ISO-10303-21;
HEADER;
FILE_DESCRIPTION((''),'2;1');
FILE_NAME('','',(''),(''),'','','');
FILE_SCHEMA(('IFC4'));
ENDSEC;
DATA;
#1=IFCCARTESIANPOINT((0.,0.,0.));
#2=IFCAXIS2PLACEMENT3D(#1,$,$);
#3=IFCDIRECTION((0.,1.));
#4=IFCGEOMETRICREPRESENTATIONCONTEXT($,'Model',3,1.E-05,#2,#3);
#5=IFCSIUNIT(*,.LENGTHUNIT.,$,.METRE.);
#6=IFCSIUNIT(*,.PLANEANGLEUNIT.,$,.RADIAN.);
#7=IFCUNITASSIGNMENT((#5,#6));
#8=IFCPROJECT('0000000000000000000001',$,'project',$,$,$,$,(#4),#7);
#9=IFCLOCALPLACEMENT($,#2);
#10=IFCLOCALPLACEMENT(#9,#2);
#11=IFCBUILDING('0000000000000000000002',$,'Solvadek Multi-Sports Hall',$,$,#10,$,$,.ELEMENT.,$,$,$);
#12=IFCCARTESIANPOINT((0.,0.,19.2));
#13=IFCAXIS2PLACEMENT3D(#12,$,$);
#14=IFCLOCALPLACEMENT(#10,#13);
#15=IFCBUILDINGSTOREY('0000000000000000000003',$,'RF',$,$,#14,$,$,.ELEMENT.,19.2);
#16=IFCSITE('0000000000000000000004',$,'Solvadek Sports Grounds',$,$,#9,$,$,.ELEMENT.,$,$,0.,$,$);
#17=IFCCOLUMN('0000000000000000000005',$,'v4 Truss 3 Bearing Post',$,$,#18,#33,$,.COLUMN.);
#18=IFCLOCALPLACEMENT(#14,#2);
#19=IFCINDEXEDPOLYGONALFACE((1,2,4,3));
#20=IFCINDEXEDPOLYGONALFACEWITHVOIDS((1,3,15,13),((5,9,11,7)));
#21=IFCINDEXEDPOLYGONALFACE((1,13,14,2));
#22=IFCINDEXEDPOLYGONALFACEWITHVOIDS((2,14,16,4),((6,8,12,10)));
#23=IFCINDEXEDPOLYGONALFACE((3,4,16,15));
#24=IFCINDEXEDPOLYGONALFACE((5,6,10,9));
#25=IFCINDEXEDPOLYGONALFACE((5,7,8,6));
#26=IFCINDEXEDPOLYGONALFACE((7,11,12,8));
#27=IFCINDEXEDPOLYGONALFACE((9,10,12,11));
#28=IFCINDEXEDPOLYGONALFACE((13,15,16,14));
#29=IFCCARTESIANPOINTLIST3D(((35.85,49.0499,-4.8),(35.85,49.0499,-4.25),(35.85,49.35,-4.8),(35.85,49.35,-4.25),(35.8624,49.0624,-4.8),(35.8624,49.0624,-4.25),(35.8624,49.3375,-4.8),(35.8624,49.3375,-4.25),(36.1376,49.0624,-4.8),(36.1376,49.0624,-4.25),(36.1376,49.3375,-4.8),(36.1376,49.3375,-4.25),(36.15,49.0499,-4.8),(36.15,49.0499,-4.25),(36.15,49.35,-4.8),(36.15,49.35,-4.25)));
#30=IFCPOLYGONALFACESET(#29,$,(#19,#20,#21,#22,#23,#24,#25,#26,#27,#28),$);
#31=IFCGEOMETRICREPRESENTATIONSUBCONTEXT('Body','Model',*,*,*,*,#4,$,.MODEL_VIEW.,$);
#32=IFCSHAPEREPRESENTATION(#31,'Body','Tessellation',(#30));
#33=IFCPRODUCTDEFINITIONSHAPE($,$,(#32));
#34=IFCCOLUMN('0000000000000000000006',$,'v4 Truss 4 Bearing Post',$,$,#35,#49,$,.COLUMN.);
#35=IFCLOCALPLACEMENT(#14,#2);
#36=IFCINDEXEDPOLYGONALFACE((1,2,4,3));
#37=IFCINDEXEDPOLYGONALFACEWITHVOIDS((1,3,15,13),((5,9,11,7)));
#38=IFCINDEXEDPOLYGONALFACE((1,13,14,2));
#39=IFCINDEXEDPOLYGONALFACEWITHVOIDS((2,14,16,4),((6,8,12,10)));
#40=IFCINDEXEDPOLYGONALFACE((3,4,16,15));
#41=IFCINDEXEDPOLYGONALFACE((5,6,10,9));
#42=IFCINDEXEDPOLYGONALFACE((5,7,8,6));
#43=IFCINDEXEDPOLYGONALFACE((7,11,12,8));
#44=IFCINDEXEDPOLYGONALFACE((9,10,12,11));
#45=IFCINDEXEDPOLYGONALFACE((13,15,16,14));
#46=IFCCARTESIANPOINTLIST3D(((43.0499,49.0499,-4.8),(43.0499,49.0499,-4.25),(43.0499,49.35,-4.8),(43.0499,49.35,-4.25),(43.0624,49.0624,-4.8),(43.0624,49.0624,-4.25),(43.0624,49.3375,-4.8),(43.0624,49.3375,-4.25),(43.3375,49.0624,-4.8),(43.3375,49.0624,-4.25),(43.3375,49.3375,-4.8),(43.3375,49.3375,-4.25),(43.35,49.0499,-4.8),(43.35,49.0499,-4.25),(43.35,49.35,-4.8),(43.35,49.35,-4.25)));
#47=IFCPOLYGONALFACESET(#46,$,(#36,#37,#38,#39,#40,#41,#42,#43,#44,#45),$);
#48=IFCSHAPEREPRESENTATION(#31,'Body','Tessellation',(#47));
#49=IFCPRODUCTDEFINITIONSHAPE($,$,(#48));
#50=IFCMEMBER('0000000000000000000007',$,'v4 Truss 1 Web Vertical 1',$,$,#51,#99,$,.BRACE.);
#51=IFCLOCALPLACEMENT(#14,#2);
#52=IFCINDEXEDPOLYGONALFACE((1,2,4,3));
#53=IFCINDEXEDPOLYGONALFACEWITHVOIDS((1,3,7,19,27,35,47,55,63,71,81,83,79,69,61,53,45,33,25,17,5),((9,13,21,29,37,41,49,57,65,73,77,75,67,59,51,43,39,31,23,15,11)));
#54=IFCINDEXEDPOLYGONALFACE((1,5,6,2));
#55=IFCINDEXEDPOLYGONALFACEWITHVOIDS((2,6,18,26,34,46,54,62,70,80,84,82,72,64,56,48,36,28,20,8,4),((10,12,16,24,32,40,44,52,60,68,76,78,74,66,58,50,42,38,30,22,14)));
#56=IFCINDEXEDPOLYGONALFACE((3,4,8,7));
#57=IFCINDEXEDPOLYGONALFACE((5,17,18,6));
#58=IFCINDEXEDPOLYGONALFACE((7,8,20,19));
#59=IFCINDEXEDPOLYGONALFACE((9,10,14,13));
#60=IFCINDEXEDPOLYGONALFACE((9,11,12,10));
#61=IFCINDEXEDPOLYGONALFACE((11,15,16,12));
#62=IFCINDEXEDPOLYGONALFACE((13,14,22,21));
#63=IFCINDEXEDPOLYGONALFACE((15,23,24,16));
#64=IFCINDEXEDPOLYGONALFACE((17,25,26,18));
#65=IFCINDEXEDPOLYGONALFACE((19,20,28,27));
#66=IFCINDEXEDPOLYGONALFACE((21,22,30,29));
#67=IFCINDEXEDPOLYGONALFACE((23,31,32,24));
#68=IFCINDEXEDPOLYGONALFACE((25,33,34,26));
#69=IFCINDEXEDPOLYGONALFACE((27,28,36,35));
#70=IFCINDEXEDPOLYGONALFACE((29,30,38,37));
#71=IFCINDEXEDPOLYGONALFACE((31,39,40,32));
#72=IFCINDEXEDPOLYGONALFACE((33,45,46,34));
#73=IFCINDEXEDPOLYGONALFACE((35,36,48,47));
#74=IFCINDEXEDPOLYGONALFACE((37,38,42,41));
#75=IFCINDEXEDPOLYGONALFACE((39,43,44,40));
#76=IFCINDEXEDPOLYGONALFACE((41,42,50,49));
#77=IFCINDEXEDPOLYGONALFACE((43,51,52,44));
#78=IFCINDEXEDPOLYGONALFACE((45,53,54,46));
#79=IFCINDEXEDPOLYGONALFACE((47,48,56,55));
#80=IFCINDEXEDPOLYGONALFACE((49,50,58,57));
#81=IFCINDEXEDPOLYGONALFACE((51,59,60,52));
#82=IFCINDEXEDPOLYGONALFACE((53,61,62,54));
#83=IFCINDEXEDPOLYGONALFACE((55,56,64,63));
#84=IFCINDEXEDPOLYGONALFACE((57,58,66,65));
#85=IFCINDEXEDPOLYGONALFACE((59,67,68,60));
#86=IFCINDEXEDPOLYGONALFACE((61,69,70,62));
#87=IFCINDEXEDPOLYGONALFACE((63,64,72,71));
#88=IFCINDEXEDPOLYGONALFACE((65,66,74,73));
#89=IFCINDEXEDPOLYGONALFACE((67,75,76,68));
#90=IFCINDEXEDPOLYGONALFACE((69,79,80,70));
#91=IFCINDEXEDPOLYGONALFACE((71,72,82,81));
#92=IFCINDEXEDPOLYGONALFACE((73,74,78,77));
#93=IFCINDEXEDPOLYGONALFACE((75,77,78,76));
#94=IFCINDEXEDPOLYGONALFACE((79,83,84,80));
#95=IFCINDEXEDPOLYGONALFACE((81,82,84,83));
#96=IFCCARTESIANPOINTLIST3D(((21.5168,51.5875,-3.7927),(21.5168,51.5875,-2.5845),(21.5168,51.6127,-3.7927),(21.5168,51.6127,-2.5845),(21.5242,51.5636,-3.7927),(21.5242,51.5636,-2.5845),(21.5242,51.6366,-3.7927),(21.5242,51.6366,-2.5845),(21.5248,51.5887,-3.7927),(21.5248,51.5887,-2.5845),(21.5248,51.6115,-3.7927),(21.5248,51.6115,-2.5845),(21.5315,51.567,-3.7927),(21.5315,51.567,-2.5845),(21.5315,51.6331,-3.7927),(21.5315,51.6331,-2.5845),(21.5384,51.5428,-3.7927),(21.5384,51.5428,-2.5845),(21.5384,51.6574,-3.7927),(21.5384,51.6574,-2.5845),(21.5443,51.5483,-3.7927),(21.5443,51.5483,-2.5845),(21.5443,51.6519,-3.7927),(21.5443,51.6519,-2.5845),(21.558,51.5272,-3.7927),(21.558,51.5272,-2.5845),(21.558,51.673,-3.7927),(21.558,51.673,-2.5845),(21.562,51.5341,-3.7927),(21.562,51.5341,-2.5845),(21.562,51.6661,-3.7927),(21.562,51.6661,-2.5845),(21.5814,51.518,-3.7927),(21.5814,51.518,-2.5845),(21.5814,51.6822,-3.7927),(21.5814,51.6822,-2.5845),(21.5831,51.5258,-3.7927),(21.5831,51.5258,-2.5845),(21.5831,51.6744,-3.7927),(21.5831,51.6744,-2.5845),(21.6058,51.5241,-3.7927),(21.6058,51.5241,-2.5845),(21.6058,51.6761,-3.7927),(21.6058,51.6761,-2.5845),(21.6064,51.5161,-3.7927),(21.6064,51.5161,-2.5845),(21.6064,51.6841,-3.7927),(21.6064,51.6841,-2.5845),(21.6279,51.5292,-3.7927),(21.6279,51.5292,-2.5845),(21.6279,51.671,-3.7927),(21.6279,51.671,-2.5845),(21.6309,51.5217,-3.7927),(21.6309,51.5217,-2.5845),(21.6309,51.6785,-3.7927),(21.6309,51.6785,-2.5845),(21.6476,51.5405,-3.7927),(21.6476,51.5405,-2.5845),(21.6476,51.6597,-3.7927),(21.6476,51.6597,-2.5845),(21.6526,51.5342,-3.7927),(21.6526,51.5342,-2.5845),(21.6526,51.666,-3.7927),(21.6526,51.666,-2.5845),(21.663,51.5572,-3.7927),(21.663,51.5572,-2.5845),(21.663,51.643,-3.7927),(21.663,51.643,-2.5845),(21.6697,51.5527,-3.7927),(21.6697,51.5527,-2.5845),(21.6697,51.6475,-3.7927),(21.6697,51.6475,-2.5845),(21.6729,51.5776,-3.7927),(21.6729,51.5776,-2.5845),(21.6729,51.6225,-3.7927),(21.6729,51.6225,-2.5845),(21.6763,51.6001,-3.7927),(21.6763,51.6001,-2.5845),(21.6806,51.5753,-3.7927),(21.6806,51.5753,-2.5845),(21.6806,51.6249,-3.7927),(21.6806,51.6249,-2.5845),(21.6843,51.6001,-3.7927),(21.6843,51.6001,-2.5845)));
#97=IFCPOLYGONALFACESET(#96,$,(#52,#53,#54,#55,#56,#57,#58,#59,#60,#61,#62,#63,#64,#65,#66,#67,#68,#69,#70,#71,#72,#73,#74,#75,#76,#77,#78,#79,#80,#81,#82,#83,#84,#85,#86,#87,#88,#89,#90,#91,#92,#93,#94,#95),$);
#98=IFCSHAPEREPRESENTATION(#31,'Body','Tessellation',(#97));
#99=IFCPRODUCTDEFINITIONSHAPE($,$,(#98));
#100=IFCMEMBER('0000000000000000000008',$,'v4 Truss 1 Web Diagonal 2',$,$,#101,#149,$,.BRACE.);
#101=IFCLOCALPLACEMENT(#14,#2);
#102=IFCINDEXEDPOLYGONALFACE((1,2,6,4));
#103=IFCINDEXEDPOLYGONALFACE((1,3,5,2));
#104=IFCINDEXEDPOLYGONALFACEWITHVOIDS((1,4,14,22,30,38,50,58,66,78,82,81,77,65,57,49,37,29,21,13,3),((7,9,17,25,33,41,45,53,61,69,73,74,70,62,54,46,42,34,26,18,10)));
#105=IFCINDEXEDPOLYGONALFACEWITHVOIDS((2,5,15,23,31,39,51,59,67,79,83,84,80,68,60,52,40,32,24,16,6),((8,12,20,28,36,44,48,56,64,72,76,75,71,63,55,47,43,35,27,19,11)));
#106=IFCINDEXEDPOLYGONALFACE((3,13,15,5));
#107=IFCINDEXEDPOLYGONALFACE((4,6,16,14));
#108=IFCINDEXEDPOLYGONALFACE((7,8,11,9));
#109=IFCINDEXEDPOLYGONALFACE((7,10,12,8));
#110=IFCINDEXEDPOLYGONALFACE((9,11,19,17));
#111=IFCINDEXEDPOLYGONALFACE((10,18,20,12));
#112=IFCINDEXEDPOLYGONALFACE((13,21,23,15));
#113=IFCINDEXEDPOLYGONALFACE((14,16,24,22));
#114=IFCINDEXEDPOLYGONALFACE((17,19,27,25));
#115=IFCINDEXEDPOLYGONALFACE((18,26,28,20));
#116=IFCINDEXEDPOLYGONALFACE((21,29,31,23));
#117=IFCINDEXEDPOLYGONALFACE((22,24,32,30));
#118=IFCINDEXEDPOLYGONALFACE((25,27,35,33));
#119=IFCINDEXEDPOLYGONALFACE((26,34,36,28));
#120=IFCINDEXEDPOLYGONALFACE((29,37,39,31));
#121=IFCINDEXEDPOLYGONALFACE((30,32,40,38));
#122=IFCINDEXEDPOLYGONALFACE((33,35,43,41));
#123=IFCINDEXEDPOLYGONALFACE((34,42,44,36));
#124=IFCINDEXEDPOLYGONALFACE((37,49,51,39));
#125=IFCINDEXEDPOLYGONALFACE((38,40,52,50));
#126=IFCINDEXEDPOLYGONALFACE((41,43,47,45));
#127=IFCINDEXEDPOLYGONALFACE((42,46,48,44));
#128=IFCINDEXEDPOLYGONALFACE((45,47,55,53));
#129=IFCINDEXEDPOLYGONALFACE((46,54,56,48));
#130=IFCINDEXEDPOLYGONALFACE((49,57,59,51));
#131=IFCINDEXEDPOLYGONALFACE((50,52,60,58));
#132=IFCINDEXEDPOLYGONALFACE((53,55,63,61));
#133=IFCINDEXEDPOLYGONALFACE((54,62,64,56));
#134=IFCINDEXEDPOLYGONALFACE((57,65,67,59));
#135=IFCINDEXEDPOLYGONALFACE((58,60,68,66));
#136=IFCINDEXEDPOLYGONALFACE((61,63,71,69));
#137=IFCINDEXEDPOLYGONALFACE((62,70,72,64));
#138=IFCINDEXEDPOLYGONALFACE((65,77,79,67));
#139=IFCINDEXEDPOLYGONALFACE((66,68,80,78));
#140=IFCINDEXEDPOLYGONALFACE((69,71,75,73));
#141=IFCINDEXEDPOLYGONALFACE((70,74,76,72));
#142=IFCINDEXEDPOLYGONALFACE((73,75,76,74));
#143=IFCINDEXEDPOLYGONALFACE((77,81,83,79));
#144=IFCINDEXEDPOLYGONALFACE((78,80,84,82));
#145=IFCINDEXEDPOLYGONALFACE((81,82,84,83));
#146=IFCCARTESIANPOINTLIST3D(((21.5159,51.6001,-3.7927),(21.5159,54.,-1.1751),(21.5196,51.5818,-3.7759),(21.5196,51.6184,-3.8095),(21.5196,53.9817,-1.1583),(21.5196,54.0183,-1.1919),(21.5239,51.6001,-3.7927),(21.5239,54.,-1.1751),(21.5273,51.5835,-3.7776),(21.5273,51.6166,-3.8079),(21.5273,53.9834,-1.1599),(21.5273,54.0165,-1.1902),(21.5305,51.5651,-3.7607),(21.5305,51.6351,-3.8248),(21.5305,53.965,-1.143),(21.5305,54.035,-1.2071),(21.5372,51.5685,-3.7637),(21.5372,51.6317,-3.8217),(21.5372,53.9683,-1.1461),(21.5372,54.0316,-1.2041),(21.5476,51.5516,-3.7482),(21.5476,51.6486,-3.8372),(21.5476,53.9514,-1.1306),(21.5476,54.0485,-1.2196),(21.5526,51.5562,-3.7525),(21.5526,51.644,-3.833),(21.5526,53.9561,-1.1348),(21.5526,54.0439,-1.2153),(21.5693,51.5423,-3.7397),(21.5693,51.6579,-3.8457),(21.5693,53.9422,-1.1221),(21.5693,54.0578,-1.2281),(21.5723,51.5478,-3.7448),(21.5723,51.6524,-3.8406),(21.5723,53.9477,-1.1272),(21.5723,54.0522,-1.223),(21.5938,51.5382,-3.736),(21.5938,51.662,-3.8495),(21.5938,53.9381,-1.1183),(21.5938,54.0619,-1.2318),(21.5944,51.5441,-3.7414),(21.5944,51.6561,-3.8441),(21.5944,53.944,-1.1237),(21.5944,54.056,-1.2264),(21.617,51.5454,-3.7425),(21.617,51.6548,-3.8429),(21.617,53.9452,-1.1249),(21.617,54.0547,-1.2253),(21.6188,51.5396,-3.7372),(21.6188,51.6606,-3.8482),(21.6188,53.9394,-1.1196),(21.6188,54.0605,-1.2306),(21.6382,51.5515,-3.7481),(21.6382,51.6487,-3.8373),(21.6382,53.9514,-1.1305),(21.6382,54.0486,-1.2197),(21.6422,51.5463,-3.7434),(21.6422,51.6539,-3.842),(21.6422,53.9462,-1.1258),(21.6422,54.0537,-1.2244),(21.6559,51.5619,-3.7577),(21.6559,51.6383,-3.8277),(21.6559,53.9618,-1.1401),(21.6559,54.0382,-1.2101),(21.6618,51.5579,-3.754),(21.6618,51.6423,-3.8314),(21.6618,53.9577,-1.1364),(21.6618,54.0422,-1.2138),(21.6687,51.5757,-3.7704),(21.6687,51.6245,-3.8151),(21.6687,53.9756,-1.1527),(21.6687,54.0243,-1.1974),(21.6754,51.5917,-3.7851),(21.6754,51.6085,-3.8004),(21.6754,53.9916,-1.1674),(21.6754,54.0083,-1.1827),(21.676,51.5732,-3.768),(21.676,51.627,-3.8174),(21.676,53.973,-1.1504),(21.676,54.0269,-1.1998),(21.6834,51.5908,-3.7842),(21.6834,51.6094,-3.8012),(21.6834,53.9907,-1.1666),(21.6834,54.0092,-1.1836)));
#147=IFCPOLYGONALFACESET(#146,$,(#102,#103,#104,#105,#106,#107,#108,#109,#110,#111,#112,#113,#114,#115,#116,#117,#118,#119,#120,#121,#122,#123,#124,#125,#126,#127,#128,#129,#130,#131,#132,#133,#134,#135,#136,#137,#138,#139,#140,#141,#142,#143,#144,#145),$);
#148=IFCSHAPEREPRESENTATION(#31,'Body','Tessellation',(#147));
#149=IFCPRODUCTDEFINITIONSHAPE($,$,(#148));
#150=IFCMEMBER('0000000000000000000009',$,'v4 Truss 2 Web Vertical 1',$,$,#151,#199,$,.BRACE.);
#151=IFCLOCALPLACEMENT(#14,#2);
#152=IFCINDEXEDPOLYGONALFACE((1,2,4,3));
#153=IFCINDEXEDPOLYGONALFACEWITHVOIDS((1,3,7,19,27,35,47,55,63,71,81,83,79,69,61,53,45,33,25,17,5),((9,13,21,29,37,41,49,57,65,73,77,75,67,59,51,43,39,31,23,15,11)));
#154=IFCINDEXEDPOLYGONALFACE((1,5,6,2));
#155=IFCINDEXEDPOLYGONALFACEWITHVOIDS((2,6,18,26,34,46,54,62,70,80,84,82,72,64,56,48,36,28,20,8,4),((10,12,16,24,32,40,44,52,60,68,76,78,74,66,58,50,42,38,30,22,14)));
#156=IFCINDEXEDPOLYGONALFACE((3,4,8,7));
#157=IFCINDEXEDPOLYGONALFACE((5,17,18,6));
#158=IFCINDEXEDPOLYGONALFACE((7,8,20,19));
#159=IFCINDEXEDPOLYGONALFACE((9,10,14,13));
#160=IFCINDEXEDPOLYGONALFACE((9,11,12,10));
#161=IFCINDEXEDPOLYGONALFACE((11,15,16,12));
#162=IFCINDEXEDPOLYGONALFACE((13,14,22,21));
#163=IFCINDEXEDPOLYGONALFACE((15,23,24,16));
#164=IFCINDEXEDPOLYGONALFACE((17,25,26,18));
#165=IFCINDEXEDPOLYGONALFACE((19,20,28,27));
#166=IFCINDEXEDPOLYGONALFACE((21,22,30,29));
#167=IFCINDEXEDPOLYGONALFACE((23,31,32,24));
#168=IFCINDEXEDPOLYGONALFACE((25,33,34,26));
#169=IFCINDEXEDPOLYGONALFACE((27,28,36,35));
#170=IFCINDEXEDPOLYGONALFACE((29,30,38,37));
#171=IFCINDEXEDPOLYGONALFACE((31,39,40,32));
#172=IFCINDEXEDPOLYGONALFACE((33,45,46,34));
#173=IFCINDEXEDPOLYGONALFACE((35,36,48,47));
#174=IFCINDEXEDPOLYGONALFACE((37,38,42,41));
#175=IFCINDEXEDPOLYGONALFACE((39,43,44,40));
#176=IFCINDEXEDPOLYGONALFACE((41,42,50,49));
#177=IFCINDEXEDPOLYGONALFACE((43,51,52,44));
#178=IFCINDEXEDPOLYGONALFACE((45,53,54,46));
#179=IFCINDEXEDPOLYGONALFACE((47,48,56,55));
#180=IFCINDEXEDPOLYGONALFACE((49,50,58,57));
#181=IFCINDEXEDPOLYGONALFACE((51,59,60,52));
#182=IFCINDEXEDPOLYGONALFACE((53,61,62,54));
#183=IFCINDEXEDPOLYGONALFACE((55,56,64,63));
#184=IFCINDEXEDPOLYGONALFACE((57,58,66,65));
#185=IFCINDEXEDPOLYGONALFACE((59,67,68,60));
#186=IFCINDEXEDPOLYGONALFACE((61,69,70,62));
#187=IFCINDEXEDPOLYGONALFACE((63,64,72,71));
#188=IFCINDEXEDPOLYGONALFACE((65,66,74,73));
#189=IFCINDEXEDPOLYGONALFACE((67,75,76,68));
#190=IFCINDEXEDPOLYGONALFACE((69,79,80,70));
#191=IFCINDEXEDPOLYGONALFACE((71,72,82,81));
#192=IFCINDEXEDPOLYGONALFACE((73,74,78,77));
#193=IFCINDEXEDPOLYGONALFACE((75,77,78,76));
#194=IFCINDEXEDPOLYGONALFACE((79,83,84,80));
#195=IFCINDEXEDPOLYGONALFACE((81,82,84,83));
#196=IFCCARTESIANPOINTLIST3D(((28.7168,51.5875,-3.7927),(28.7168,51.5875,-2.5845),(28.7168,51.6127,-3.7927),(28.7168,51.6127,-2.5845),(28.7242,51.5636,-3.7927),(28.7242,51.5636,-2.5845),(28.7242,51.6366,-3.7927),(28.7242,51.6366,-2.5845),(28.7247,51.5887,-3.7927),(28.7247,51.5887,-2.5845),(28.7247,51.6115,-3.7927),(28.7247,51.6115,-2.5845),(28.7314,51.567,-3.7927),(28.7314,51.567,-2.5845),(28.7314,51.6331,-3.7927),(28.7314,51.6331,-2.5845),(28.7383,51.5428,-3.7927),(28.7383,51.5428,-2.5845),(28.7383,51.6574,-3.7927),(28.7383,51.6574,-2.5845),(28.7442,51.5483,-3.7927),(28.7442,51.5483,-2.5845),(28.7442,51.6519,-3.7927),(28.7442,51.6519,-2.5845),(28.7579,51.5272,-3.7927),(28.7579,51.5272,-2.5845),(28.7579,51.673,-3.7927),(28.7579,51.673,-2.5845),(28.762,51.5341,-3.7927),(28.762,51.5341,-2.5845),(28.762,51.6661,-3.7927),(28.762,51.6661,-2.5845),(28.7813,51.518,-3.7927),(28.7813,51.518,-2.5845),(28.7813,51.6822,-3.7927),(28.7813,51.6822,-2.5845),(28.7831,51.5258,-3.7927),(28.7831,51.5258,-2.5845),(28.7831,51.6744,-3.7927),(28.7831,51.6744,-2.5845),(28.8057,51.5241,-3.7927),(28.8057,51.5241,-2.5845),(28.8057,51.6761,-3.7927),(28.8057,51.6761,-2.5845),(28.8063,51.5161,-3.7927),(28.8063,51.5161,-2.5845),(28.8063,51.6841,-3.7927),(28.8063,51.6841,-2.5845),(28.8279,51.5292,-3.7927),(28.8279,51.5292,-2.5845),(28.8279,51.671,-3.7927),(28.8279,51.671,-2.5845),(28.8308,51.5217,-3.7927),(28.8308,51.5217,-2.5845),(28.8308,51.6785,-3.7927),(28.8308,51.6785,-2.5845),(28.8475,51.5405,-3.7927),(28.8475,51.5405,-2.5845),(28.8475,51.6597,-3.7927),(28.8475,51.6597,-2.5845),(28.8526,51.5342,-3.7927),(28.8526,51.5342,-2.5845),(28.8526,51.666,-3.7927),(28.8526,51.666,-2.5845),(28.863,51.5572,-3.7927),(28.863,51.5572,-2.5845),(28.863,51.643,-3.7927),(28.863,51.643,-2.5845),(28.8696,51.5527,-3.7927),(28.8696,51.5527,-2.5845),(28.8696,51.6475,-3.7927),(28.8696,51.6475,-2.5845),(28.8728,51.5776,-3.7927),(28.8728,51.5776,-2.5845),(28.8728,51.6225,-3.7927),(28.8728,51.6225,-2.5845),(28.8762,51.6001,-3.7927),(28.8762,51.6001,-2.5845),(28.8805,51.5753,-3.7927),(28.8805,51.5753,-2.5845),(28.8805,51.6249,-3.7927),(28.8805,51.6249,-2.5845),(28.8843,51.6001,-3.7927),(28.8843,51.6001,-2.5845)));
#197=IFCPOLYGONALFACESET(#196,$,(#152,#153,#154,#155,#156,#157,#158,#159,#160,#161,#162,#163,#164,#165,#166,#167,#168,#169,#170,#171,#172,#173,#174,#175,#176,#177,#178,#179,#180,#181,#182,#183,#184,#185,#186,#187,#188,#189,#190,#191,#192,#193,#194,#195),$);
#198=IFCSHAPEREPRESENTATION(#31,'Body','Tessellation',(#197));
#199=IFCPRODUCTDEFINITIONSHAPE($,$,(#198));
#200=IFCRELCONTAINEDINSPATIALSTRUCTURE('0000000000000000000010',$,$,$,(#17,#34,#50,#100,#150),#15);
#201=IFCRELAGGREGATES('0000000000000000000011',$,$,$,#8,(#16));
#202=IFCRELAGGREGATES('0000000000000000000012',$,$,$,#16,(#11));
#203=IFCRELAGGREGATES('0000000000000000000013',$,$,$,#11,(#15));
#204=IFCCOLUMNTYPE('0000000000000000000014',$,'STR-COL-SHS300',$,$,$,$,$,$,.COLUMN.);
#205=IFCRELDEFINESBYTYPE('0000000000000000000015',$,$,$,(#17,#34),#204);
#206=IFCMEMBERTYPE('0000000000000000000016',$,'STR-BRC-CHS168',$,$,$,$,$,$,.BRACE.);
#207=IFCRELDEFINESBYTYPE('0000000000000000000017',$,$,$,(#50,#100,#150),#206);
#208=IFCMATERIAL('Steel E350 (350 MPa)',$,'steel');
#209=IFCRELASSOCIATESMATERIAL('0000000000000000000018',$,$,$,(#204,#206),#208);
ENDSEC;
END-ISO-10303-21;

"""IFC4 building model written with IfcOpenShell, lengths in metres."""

from ifc_helpers import new_model, si_unit, direction, frame, origin, origin_2d, place, context, subcontext, project, spatial, hollow_rectangle, hollow_circle, extrude, material, material_profile, profile_set, type_object, element, save


model = new_model("IFC4")

# Units and contexts
model_context = context("Model", 3, precision=1e-05, world=origin(), true_north=direction((0.0, 1.0)))
body_context = subcontext(model_context, "Body", "Model", "MODEL_VIEW")
ifc_project = project(units=[si_unit("LENGTHUNIT", "METRE"), si_unit("PLANEANGLEUNIT", "RADIAN")], contexts=[model_context])

# Site, building, storey
site_placement = place(None, origin())
site = spatial("IfcSite", under=ifc_project, at=site_placement, Name="Solvadek Sports Grounds", CompositionType="ELEMENT", RefElevation=0.0)
building_placement = place(site_placement, origin())
building = spatial("IfcBuilding", under=site, at=building_placement, Name="Solvadek Multi-Sports Hall", CompositionType="ELEMENT")
storey_placement = place(building_placement, frame((0.0, 0.0, 19.2)))
storey = spatial("IfcBuildingStorey", under=building, at=storey_placement, Name="RF", CompositionType="ELEMENT", Elevation=19.2)

# Columns
ifc_material_1 = material(Name="Steel E350 (350 MPa)", Category="steel")
ifc_material_profile_1 = material_profile(ifc_material_1, hollow_rectangle(XDim=0.3, YDim=0.3, WallThickness=0.0125, at=origin_2d()), Name="SHS 300x300x12.5")
ifc_profile_set_1 = profile_set([ifc_material_profile_1], Name="Steel E350 (350 MPa)")
column_type = type_object("IfcColumnType", Name="STR-COL-SHS300", PredefinedType="COLUMN", material=ifc_profile_set_1)
for number, where, z_axis, x_axis, name in (
    (1, (36.0, 49.2, -4.8), (0.0, 0.0, 1.0), (1.0, 0.0, 0.0), "v4 Truss 3 Bearing Post"),
    (2, (43.2, 49.2, -4.8), (0.0, 0.0, 1.0), (1.0, 0.0, 0.0), "v4 Truss 4 Bearing Post"),
):
    element("IfcColumn", number, at=place(storey_placement, frame(where, z_axis=z_axis, x_axis=x_axis)), inside=storey, type_object=column_type, Name=name, PredefinedType="COLUMN", context=body_context, shape_type="SweptSolid", body=[
        extrude(hollow_rectangle(XDim=0.3, YDim=0.3, WallThickness=0.0125, at=origin_2d()), origin(), (0.0, 0.0, 1.0), 0.55),
    ])

# Members
ifc_material_profile_2 = material_profile(ifc_material_1, hollow_circle(Radius=0.0842, WallThickness=0.0081, at=origin_2d()), Name="CHS 168.3x8")
ifc_profile_set_2 = profile_set([ifc_material_profile_2], Name="Steel E350 (350 MPa)")
member_type_1 = type_object("IfcMemberType", Name="STR-BRC-CHS168", PredefinedType="BRACE", material=ifc_profile_set_2)
member_1_placement = place(storey_placement, frame((21.6001, 51.6001, -3.7927), z_axis=(0.0, 0.0, 1.0), x_axis=(1.0, 0.0, 0.0)))
element("IfcMember", 3, at=member_1_placement, inside=storey, type_object=member_type_1, Name="v4 Truss 1 Web Vertical 1", PredefinedType="BRACE", context=body_context, shape_type="SweptSolid", body=[
    extrude(hollow_circle(Radius=0.0842, WallThickness=0.0081, at=origin_2d()), origin(), (0.0, 0.0, 1.0), 1.2083),
])
member_2_placement = place(storey_placement, frame((21.6001, 51.6001, -3.7927), z_axis=(0.0, 0.675781, 0.737103), x_axis=(-1.0, 0.0, 0.0)))
element("IfcMember", 4, at=member_2_placement, inside=storey, type_object=member_type_1, Name="v4 Truss 1 Web Diagonal 2", PredefinedType="BRACE", context=body_context, shape_type="SweptSolid", body=[
    extrude(hollow_circle(Radius=0.0842, WallThickness=0.0081, at=origin_2d()), origin(), (0.0, 0.0, 1.0), 3.5513),
])
member_3_placement = place(storey_placement, frame((28.8, 51.6001, -3.7927), z_axis=(0.0, 0.0, 1.0), x_axis=(1.0, 0.0, 0.0)))
element("IfcMember", 5, at=member_3_placement, inside=storey, type_object=member_type_1, Name="v4 Truss 2 Web Vertical 1", PredefinedType="BRACE", context=body_context, shape_type="SweptSolid", body=[
    extrude(hollow_circle(Radius=0.0842, WallThickness=0.0081, at=origin_2d()), origin(), (0.0, 0.0, 1.0), 1.2083),
])

save(model, "model.ifc")
